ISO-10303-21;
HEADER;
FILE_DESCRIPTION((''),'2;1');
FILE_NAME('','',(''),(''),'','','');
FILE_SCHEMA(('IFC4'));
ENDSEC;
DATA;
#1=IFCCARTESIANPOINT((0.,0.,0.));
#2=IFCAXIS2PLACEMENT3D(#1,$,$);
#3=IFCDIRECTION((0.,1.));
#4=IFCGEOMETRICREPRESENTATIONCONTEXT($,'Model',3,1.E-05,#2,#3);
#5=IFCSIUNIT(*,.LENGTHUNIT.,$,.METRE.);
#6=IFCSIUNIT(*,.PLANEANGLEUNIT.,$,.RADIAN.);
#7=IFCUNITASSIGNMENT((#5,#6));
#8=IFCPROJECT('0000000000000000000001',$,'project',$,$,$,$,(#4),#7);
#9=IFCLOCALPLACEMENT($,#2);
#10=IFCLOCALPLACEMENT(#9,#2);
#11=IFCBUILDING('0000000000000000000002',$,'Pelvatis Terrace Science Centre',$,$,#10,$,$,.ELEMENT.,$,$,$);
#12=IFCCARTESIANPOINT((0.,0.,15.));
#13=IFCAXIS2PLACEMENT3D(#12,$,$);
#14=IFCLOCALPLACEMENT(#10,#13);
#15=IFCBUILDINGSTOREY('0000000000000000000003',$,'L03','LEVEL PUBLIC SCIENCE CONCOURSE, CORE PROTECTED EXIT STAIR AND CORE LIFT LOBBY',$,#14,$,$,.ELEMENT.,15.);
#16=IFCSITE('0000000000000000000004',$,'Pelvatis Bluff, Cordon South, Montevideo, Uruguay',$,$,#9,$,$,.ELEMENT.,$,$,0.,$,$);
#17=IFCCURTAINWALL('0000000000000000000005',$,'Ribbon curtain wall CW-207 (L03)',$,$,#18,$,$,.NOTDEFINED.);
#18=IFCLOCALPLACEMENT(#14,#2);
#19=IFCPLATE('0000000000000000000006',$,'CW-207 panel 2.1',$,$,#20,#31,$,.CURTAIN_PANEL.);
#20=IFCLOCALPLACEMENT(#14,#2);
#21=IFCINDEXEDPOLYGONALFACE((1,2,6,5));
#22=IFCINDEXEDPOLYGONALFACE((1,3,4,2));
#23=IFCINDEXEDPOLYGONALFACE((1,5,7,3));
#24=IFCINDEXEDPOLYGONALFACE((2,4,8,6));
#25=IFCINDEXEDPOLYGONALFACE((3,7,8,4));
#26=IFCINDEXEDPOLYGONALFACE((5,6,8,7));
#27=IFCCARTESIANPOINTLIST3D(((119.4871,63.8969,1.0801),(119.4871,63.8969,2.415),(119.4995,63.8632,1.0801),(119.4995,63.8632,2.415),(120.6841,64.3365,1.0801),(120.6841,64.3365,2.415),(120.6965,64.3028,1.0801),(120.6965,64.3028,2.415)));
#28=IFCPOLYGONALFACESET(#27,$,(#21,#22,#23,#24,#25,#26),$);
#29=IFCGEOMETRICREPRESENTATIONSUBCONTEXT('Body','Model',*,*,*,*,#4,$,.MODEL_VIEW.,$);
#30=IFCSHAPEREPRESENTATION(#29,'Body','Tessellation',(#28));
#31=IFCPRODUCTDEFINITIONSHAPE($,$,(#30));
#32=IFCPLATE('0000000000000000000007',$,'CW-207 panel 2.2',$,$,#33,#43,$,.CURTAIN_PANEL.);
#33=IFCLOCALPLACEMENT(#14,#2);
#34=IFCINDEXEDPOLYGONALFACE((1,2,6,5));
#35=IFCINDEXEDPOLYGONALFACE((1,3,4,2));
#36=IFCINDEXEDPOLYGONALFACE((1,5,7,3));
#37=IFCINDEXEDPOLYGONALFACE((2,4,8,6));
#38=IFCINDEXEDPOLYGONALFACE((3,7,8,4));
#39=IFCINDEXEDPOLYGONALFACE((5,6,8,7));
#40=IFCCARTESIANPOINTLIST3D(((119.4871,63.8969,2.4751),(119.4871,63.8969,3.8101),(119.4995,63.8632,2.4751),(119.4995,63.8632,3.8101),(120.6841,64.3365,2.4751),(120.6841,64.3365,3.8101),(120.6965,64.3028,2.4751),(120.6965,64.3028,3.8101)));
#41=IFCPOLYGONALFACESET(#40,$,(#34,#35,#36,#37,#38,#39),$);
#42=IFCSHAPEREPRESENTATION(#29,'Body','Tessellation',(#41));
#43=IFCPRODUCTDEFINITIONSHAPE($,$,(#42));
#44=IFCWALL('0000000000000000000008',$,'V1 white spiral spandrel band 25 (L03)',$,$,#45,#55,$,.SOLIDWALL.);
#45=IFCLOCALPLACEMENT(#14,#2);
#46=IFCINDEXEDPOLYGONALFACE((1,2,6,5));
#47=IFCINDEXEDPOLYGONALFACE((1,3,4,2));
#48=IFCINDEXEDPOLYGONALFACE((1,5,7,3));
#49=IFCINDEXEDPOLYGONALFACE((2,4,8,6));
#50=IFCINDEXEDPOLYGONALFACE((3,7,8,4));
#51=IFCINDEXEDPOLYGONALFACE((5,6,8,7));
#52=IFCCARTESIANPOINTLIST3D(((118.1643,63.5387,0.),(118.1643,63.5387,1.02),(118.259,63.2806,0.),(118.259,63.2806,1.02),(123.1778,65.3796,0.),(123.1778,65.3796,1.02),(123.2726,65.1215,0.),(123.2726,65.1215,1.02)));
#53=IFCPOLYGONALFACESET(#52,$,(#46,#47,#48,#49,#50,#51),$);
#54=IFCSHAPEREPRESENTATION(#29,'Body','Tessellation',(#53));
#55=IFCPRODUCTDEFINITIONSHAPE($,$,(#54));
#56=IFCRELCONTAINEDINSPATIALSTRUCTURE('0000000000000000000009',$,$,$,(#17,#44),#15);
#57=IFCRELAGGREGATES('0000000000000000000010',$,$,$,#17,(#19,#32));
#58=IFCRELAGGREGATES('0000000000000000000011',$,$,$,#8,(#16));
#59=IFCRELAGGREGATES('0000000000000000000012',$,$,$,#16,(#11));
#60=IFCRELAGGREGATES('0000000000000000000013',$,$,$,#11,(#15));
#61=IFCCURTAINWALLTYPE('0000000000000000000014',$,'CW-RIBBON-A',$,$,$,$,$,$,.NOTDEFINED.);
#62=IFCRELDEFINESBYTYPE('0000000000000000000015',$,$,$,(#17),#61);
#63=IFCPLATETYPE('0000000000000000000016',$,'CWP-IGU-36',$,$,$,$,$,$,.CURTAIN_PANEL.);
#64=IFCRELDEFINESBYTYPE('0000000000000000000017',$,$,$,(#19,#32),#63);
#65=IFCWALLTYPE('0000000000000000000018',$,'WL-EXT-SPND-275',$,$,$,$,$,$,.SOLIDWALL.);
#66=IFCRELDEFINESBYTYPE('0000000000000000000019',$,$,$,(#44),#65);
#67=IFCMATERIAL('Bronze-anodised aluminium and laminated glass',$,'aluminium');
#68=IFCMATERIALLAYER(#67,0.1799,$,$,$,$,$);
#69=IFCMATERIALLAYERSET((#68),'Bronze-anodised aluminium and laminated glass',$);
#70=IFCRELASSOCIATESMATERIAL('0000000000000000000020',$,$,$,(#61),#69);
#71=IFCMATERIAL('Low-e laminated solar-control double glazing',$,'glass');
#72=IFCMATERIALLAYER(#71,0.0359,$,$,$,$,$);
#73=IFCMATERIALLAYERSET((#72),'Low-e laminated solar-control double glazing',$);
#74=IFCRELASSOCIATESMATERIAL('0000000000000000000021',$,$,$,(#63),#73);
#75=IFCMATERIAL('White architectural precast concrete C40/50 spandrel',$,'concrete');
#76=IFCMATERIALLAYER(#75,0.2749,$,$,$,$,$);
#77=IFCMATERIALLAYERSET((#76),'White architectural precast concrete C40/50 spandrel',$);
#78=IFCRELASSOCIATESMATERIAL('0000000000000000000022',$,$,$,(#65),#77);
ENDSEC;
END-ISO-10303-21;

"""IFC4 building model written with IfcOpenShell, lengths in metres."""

from ifc_helpers import new_model, si_unit, direction, frame, frame_2d, origin, origin_2d, place, context, subcontext, project, spatial, rectangle, extrude, material, layer, layer_set, type_object, element, aggregate, save


model = new_model("IFC4")

# Units and contexts
model_context = context("Model", 3, precision=1e-05, world=origin(), true_north=direction((0.0, 1.0)))
body_context = subcontext(model_context, "Body", "Model", "MODEL_VIEW")
ifc_project = project(units=[si_unit("LENGTHUNIT", "METRE"), si_unit("PLANEANGLEUNIT", "RADIAN")], contexts=[model_context])

# Site, building, storey
site_placement = place(None, origin())
site = spatial("IfcSite", under=ifc_project, at=site_placement, Name="Pelvatis Bluff, Cordon South, Montevideo, Uruguay", CompositionType="ELEMENT", RefElevation=0.0)
building_placement = place(site_placement, origin())
building = spatial("IfcBuilding", under=site, at=building_placement, Name="Pelvatis Terrace Science Centre", CompositionType="ELEMENT")
storey_placement = place(building_placement, frame((0.0, 0.0, 15.0)))
storey = spatial("IfcBuildingStorey", under=building, at=storey_placement, Name="L03", Description="LEVEL PUBLIC SCIENCE CONCOURSE, CORE PROTECTED EXIT STAIR AND CORE LIFT LOBBY", CompositionType="ELEMENT", Elevation=15.0)

# Curtain wall
ifc_material_1 = material(Name="Bronze-anodised aluminium and laminated glass", Category="aluminium")
ifc_layer_1 = layer(ifc_material_1, 0.1799)
ifc_layer_set_1 = layer_set([ifc_layer_1], Name="Bronze-anodised aluminium and laminated glass")
curtain_wall_type = type_object("IfcCurtainWallType", Name="CW-RIBBON-A", PredefinedType="NOTDEFINED", material=ifc_layer_set_1)
curtain_wall_1_placement = place(storey_placement, origin())
curtain_wall_1 = element("IfcCurtainWall", 1, at=curtain_wall_1_placement, inside=storey, type_object=curtain_wall_type, Name="Ribbon curtain wall CW-207 (L03)", PredefinedType="NOTDEFINED")

# Plates
ifc_material_2 = material(Name="Low-e laminated solar-control double glazing", Category="glass")
ifc_layer_2 = layer(ifc_material_2, 0.0359)
ifc_layer_set_2 = layer_set([ifc_layer_2], Name="Low-e laminated solar-control double glazing")
plate_type = type_object("IfcPlateType", Name="CWP-IGU-36", PredefinedType="CURTAIN_PANEL", material=ifc_layer_set_2)
plate_1_placement = place(storey_placement, frame((120.0918, 64.0999, 1.0801), z_axis=(0.0, 0.0, 1.0), x_axis=(0.938707, 0.344715, 0.0)))
plate_1 = element("IfcPlate", 2, at=plate_1_placement, type_object=plate_type, Name="CW-207 panel 2.1", PredefinedType="CURTAIN_PANEL", context=body_context, shape_type="SweptSolid", body=[
    extrude(rectangle(XDim=1.2751, YDim=0.0359, at=origin_2d()), origin(), (0.0, 0.0, 1.0), 1.335),
])
plate_2_placement = place(storey_placement, frame((120.0918, 64.0999, 2.4751), z_axis=(0.0, 0.0, 1.0), x_axis=(0.938707, 0.344715, 0.0)))
plate_2 = element("IfcPlate", 3, at=plate_2_placement, type_object=plate_type, Name="CW-207 panel 2.2", PredefinedType="CURTAIN_PANEL", context=body_context, shape_type="SweptSolid", body=[
    extrude(rectangle(XDim=1.2751, YDim=0.0359, at=origin_2d()), origin(), (0.0, 0.0, 1.0), 1.335),
])
aggregate(curtain_wall_1, [plate_1, plate_2])

# Wall
ifc_material_3 = material(Name="White architectural precast concrete C40/50 spandrel", Category="concrete")
ifc_layer_3 = layer(ifc_material_3, 0.2749)
ifc_layer_set_3 = layer_set([ifc_layer_3], Name="White architectural precast concrete C40/50 spandrel")
wall_type = type_object("IfcWallType", Name="WL-EXT-SPND-275", PredefinedType="SOLIDWALL", material=ifc_layer_set_3)
wall_placement = place(storey_placement, frame((118.2117, 63.4097, 0.0), z_axis=(0.0, 0.0, 1.0), x_axis=(0.938721, 0.344678, 0.0)))
element("IfcWall", 4, at=wall_placement, inside=storey, type_object=wall_type, Name="V1 white spiral spandrel band 25 (L03)", PredefinedType="SOLIDWALL", context=body_context, shape_type="SweptSolid", body=[
    extrude(rectangle(XDim=5.3408, YDim=0.2749, at=frame_2d((2.6704, 0.0))), origin(), (0.0, 0.0, 1.0), 1.02),
])

save(model, "model.ifc")
